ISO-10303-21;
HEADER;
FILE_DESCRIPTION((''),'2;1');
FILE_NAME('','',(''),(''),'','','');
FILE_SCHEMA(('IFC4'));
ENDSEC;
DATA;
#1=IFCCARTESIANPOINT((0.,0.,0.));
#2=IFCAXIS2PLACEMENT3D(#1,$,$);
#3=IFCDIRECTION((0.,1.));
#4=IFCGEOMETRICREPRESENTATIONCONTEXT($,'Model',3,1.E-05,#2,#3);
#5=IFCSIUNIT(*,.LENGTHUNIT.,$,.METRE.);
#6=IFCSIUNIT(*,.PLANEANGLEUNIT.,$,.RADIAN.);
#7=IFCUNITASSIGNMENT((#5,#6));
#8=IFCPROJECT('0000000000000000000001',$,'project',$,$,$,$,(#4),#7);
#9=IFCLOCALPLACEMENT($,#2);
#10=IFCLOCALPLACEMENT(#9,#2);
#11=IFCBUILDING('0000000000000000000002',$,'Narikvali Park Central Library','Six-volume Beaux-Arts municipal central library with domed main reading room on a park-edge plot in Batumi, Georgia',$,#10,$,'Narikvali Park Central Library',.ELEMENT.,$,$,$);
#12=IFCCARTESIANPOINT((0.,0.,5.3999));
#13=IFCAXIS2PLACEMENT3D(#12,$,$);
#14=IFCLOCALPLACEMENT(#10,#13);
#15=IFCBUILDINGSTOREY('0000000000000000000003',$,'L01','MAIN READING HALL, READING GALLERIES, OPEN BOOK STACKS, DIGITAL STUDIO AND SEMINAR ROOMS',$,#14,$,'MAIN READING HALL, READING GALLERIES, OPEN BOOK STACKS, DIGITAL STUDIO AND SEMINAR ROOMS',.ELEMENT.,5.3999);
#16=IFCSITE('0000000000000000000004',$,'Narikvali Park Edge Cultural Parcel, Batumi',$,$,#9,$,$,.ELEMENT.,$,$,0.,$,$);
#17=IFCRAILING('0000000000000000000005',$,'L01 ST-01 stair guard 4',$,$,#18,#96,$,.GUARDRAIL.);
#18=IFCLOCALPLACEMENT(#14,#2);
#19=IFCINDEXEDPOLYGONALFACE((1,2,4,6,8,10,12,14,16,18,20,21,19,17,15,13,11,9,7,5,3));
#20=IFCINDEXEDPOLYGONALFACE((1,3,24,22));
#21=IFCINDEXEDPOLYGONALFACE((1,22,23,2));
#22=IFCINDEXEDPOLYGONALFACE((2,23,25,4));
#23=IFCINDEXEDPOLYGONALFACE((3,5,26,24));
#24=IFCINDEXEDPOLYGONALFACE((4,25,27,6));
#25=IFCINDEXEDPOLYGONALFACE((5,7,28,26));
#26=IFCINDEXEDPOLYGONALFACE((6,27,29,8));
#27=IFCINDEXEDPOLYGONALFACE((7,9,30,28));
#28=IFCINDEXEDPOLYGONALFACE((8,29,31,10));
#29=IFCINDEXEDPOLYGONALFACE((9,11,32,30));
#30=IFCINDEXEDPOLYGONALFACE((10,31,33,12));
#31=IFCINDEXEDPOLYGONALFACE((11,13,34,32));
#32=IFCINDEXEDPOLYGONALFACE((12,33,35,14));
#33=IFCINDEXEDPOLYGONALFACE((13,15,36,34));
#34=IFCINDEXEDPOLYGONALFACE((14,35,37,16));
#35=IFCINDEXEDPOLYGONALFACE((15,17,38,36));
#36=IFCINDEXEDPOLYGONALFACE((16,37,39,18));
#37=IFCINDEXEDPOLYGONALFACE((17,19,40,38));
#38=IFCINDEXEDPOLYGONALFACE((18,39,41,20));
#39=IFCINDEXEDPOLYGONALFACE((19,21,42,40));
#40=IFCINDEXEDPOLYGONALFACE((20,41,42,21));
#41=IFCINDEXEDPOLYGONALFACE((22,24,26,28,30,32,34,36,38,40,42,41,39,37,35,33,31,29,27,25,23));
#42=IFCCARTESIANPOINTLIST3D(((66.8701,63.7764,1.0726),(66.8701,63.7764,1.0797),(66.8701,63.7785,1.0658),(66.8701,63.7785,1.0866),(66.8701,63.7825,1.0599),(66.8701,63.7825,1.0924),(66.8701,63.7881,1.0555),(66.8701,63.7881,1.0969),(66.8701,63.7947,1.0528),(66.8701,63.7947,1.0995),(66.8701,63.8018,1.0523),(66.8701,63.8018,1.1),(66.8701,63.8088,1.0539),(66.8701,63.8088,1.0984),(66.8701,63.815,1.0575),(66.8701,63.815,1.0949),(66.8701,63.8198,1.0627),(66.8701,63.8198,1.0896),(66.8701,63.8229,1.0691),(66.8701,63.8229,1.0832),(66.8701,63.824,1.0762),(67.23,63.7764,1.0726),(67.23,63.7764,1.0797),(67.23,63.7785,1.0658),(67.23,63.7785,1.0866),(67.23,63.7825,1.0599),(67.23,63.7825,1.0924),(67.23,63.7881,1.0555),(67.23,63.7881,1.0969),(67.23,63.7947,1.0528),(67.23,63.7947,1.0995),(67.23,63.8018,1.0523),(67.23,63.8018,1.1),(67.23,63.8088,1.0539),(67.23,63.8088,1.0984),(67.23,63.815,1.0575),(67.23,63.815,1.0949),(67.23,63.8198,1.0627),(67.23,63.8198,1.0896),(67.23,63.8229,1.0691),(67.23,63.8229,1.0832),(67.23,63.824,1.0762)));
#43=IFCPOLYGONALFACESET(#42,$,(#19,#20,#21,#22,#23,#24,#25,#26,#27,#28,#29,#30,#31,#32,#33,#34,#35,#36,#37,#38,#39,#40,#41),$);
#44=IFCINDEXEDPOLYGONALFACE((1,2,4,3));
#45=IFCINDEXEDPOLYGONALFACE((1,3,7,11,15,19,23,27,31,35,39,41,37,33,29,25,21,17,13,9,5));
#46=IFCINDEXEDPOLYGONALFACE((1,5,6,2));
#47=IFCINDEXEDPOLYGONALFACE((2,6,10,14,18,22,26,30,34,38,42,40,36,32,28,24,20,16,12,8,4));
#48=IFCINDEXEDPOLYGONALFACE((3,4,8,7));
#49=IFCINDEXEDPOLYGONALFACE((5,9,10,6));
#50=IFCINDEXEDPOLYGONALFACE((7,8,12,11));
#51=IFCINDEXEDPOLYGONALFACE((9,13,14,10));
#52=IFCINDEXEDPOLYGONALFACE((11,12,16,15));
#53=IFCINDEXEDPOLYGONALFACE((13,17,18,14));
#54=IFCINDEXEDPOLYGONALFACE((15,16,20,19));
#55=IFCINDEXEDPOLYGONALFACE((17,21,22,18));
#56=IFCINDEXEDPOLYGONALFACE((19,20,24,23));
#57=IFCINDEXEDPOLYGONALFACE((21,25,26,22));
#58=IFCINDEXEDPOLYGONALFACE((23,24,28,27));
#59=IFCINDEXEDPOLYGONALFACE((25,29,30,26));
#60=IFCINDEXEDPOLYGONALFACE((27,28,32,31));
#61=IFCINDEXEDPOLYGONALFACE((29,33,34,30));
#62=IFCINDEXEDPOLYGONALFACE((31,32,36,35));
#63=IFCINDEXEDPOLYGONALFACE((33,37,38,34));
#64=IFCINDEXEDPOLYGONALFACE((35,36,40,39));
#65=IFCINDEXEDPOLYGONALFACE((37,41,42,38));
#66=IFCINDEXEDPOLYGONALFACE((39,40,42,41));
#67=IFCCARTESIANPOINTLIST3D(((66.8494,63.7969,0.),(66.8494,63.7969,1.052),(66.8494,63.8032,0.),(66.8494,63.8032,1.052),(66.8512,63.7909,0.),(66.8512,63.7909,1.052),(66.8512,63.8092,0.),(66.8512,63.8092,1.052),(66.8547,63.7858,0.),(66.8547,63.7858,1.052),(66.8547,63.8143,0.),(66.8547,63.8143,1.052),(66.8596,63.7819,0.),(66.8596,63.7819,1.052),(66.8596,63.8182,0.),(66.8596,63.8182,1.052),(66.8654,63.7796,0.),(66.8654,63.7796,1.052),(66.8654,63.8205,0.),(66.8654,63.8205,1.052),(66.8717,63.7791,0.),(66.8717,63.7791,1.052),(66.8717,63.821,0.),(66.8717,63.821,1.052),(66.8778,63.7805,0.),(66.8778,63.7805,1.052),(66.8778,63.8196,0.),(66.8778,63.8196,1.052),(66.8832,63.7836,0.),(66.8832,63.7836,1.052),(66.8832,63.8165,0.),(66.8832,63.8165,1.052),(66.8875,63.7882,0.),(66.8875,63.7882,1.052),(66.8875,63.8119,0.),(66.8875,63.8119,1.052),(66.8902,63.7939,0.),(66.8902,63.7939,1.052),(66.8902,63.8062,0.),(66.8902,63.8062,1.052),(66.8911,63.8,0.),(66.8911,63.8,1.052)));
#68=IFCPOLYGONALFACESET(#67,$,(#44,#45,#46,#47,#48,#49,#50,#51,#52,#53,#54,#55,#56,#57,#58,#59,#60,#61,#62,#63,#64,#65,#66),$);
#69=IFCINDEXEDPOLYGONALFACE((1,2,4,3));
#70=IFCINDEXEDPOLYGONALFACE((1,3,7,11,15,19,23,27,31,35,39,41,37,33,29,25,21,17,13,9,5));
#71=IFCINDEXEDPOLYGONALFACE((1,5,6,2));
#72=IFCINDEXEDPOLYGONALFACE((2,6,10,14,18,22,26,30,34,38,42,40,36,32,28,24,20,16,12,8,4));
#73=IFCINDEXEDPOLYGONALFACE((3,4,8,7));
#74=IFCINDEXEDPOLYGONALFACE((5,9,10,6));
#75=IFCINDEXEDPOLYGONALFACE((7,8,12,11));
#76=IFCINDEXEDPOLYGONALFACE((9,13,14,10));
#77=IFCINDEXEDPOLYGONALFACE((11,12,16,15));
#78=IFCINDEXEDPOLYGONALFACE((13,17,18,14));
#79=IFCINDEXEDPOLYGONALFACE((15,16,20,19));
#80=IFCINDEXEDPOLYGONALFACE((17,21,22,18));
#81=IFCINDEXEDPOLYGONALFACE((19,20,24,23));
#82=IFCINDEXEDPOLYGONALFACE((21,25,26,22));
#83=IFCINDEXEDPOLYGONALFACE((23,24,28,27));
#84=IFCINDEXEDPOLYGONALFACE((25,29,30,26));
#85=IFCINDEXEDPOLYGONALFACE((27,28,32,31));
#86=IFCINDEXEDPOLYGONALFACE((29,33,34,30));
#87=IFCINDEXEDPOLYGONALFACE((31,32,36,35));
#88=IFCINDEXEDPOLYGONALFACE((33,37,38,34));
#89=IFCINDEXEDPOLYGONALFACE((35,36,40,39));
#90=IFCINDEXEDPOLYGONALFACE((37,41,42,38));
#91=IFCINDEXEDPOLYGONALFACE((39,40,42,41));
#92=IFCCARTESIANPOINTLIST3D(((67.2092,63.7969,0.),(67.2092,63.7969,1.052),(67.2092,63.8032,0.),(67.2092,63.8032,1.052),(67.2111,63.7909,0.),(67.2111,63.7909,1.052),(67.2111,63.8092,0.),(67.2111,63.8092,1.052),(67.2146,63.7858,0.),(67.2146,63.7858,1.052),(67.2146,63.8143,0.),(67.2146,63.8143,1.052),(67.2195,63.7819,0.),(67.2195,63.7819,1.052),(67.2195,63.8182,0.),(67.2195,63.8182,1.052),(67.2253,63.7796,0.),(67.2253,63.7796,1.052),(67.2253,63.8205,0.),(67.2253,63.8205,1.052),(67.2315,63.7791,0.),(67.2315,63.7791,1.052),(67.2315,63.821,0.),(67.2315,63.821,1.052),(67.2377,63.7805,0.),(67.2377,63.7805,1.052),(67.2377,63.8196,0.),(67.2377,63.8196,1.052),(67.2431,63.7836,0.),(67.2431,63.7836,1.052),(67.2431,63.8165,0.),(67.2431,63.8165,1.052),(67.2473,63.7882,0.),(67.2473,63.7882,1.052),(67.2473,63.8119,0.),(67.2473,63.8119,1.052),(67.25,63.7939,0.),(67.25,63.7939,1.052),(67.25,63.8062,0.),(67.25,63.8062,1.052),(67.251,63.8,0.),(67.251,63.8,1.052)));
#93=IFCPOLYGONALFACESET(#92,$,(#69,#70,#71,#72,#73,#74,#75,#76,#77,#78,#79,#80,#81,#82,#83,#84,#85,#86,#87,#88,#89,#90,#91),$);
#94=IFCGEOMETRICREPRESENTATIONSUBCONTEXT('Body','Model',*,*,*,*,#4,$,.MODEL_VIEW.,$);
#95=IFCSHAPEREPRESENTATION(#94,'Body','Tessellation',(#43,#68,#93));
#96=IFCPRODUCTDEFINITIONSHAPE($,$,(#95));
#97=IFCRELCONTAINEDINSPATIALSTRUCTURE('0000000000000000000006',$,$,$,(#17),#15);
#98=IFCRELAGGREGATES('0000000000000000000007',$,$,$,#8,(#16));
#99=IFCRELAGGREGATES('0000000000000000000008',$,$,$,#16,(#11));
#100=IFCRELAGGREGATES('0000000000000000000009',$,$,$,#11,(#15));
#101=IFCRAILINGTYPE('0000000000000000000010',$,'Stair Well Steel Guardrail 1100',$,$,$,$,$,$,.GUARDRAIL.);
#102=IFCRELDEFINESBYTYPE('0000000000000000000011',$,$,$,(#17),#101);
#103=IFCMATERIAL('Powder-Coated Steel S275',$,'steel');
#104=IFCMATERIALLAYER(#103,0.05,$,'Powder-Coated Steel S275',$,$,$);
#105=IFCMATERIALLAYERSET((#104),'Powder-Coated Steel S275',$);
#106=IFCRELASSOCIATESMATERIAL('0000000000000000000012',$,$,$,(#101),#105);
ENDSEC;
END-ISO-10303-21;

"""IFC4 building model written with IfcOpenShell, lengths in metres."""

from ifc_helpers import new_model, si_unit, direction, frame, origin, origin_2d, place, context, subcontext, project, spatial, circle, extrude, material, layer, layer_set, type_object, element, save


model = new_model("IFC4")

# Units and contexts
model_context = context("Model", 3, precision=1e-05, world=origin(), true_north=direction((0.0, 1.0)))
body_context = subcontext(model_context, "Body", "Model", "MODEL_VIEW")
ifc_project = project(units=[si_unit("LENGTHUNIT", "METRE"), si_unit("PLANEANGLEUNIT", "RADIAN")], contexts=[model_context])

# Site, building, storey
site_placement = place(None, origin())
site = spatial("IfcSite", under=ifc_project, at=site_placement, Name="Narikvali Park Edge Cultural Parcel, Batumi", CompositionType="ELEMENT", RefElevation=0.0)
building_placement = place(site_placement, origin())
building = spatial("IfcBuilding", under=site, at=building_placement, Name="Narikvali Park Central Library", Description="Six-volume Beaux-Arts municipal central library with domed main reading room on a park-edge plot in Batumi, Georgia", LongName="Narikvali Park Central Library", CompositionType="ELEMENT")
storey_placement = place(building_placement, frame((0.0, 0.0, 5.3999)))
storey = spatial("IfcBuildingStorey", under=building, at=storey_placement, Name="L01", Description="MAIN READING HALL, READING GALLERIES, OPEN BOOK STACKS, DIGITAL STUDIO AND SEMINAR ROOMS", LongName="MAIN READING HALL, READING GALLERIES, OPEN BOOK STACKS, DIGITAL STUDIO AND SEMINAR ROOMS", CompositionType="ELEMENT", Elevation=5.3999)

# Railing
ifc_material_1 = material(Name="Powder-Coated Steel S275", Category="steel")
ifc_layer_1 = layer(ifc_material_1, 0.05, Name="Powder-Coated Steel S275")
ifc_layer_set_1 = layer_set([ifc_layer_1], Name="Powder-Coated Steel S275")
railing_type_1 = type_object("IfcRailingType", Name="Stair Well Steel Guardrail 1100", PredefinedType="GUARDRAIL", material=ifc_layer_set_1)
railing_1_placement = place(storey_placement, frame((66.8701, 63.8, 0.0)))
element("IfcRailing", 1, at=railing_1_placement, inside=storey, type_object=railing_type_1, Name="L01 ST-01 stair guard 4", PredefinedType="GUARDRAIL", context=body_context, shape_type="SweptSolid", body=[
    extrude(circle(Radius=0.0239, at=origin_2d()), frame((0.0, 0.0, 1.0762), z_axis=(1.0, 0.0, 0.0), x_axis=(0.0, 1.0, 0.0)), (0.0, 0.0, 1.0), 0.3599),
    extrude(circle(Radius=0.021, at=origin_2d()), origin(), (0.0, 0.0, 1.0), 1.052),
    extrude(circle(Radius=0.021, at=origin_2d()), frame((0.3599, 0.0, 0.0)), (0.0, 0.0, 1.0), 1.052),
])

save(model, "model.ifc")
